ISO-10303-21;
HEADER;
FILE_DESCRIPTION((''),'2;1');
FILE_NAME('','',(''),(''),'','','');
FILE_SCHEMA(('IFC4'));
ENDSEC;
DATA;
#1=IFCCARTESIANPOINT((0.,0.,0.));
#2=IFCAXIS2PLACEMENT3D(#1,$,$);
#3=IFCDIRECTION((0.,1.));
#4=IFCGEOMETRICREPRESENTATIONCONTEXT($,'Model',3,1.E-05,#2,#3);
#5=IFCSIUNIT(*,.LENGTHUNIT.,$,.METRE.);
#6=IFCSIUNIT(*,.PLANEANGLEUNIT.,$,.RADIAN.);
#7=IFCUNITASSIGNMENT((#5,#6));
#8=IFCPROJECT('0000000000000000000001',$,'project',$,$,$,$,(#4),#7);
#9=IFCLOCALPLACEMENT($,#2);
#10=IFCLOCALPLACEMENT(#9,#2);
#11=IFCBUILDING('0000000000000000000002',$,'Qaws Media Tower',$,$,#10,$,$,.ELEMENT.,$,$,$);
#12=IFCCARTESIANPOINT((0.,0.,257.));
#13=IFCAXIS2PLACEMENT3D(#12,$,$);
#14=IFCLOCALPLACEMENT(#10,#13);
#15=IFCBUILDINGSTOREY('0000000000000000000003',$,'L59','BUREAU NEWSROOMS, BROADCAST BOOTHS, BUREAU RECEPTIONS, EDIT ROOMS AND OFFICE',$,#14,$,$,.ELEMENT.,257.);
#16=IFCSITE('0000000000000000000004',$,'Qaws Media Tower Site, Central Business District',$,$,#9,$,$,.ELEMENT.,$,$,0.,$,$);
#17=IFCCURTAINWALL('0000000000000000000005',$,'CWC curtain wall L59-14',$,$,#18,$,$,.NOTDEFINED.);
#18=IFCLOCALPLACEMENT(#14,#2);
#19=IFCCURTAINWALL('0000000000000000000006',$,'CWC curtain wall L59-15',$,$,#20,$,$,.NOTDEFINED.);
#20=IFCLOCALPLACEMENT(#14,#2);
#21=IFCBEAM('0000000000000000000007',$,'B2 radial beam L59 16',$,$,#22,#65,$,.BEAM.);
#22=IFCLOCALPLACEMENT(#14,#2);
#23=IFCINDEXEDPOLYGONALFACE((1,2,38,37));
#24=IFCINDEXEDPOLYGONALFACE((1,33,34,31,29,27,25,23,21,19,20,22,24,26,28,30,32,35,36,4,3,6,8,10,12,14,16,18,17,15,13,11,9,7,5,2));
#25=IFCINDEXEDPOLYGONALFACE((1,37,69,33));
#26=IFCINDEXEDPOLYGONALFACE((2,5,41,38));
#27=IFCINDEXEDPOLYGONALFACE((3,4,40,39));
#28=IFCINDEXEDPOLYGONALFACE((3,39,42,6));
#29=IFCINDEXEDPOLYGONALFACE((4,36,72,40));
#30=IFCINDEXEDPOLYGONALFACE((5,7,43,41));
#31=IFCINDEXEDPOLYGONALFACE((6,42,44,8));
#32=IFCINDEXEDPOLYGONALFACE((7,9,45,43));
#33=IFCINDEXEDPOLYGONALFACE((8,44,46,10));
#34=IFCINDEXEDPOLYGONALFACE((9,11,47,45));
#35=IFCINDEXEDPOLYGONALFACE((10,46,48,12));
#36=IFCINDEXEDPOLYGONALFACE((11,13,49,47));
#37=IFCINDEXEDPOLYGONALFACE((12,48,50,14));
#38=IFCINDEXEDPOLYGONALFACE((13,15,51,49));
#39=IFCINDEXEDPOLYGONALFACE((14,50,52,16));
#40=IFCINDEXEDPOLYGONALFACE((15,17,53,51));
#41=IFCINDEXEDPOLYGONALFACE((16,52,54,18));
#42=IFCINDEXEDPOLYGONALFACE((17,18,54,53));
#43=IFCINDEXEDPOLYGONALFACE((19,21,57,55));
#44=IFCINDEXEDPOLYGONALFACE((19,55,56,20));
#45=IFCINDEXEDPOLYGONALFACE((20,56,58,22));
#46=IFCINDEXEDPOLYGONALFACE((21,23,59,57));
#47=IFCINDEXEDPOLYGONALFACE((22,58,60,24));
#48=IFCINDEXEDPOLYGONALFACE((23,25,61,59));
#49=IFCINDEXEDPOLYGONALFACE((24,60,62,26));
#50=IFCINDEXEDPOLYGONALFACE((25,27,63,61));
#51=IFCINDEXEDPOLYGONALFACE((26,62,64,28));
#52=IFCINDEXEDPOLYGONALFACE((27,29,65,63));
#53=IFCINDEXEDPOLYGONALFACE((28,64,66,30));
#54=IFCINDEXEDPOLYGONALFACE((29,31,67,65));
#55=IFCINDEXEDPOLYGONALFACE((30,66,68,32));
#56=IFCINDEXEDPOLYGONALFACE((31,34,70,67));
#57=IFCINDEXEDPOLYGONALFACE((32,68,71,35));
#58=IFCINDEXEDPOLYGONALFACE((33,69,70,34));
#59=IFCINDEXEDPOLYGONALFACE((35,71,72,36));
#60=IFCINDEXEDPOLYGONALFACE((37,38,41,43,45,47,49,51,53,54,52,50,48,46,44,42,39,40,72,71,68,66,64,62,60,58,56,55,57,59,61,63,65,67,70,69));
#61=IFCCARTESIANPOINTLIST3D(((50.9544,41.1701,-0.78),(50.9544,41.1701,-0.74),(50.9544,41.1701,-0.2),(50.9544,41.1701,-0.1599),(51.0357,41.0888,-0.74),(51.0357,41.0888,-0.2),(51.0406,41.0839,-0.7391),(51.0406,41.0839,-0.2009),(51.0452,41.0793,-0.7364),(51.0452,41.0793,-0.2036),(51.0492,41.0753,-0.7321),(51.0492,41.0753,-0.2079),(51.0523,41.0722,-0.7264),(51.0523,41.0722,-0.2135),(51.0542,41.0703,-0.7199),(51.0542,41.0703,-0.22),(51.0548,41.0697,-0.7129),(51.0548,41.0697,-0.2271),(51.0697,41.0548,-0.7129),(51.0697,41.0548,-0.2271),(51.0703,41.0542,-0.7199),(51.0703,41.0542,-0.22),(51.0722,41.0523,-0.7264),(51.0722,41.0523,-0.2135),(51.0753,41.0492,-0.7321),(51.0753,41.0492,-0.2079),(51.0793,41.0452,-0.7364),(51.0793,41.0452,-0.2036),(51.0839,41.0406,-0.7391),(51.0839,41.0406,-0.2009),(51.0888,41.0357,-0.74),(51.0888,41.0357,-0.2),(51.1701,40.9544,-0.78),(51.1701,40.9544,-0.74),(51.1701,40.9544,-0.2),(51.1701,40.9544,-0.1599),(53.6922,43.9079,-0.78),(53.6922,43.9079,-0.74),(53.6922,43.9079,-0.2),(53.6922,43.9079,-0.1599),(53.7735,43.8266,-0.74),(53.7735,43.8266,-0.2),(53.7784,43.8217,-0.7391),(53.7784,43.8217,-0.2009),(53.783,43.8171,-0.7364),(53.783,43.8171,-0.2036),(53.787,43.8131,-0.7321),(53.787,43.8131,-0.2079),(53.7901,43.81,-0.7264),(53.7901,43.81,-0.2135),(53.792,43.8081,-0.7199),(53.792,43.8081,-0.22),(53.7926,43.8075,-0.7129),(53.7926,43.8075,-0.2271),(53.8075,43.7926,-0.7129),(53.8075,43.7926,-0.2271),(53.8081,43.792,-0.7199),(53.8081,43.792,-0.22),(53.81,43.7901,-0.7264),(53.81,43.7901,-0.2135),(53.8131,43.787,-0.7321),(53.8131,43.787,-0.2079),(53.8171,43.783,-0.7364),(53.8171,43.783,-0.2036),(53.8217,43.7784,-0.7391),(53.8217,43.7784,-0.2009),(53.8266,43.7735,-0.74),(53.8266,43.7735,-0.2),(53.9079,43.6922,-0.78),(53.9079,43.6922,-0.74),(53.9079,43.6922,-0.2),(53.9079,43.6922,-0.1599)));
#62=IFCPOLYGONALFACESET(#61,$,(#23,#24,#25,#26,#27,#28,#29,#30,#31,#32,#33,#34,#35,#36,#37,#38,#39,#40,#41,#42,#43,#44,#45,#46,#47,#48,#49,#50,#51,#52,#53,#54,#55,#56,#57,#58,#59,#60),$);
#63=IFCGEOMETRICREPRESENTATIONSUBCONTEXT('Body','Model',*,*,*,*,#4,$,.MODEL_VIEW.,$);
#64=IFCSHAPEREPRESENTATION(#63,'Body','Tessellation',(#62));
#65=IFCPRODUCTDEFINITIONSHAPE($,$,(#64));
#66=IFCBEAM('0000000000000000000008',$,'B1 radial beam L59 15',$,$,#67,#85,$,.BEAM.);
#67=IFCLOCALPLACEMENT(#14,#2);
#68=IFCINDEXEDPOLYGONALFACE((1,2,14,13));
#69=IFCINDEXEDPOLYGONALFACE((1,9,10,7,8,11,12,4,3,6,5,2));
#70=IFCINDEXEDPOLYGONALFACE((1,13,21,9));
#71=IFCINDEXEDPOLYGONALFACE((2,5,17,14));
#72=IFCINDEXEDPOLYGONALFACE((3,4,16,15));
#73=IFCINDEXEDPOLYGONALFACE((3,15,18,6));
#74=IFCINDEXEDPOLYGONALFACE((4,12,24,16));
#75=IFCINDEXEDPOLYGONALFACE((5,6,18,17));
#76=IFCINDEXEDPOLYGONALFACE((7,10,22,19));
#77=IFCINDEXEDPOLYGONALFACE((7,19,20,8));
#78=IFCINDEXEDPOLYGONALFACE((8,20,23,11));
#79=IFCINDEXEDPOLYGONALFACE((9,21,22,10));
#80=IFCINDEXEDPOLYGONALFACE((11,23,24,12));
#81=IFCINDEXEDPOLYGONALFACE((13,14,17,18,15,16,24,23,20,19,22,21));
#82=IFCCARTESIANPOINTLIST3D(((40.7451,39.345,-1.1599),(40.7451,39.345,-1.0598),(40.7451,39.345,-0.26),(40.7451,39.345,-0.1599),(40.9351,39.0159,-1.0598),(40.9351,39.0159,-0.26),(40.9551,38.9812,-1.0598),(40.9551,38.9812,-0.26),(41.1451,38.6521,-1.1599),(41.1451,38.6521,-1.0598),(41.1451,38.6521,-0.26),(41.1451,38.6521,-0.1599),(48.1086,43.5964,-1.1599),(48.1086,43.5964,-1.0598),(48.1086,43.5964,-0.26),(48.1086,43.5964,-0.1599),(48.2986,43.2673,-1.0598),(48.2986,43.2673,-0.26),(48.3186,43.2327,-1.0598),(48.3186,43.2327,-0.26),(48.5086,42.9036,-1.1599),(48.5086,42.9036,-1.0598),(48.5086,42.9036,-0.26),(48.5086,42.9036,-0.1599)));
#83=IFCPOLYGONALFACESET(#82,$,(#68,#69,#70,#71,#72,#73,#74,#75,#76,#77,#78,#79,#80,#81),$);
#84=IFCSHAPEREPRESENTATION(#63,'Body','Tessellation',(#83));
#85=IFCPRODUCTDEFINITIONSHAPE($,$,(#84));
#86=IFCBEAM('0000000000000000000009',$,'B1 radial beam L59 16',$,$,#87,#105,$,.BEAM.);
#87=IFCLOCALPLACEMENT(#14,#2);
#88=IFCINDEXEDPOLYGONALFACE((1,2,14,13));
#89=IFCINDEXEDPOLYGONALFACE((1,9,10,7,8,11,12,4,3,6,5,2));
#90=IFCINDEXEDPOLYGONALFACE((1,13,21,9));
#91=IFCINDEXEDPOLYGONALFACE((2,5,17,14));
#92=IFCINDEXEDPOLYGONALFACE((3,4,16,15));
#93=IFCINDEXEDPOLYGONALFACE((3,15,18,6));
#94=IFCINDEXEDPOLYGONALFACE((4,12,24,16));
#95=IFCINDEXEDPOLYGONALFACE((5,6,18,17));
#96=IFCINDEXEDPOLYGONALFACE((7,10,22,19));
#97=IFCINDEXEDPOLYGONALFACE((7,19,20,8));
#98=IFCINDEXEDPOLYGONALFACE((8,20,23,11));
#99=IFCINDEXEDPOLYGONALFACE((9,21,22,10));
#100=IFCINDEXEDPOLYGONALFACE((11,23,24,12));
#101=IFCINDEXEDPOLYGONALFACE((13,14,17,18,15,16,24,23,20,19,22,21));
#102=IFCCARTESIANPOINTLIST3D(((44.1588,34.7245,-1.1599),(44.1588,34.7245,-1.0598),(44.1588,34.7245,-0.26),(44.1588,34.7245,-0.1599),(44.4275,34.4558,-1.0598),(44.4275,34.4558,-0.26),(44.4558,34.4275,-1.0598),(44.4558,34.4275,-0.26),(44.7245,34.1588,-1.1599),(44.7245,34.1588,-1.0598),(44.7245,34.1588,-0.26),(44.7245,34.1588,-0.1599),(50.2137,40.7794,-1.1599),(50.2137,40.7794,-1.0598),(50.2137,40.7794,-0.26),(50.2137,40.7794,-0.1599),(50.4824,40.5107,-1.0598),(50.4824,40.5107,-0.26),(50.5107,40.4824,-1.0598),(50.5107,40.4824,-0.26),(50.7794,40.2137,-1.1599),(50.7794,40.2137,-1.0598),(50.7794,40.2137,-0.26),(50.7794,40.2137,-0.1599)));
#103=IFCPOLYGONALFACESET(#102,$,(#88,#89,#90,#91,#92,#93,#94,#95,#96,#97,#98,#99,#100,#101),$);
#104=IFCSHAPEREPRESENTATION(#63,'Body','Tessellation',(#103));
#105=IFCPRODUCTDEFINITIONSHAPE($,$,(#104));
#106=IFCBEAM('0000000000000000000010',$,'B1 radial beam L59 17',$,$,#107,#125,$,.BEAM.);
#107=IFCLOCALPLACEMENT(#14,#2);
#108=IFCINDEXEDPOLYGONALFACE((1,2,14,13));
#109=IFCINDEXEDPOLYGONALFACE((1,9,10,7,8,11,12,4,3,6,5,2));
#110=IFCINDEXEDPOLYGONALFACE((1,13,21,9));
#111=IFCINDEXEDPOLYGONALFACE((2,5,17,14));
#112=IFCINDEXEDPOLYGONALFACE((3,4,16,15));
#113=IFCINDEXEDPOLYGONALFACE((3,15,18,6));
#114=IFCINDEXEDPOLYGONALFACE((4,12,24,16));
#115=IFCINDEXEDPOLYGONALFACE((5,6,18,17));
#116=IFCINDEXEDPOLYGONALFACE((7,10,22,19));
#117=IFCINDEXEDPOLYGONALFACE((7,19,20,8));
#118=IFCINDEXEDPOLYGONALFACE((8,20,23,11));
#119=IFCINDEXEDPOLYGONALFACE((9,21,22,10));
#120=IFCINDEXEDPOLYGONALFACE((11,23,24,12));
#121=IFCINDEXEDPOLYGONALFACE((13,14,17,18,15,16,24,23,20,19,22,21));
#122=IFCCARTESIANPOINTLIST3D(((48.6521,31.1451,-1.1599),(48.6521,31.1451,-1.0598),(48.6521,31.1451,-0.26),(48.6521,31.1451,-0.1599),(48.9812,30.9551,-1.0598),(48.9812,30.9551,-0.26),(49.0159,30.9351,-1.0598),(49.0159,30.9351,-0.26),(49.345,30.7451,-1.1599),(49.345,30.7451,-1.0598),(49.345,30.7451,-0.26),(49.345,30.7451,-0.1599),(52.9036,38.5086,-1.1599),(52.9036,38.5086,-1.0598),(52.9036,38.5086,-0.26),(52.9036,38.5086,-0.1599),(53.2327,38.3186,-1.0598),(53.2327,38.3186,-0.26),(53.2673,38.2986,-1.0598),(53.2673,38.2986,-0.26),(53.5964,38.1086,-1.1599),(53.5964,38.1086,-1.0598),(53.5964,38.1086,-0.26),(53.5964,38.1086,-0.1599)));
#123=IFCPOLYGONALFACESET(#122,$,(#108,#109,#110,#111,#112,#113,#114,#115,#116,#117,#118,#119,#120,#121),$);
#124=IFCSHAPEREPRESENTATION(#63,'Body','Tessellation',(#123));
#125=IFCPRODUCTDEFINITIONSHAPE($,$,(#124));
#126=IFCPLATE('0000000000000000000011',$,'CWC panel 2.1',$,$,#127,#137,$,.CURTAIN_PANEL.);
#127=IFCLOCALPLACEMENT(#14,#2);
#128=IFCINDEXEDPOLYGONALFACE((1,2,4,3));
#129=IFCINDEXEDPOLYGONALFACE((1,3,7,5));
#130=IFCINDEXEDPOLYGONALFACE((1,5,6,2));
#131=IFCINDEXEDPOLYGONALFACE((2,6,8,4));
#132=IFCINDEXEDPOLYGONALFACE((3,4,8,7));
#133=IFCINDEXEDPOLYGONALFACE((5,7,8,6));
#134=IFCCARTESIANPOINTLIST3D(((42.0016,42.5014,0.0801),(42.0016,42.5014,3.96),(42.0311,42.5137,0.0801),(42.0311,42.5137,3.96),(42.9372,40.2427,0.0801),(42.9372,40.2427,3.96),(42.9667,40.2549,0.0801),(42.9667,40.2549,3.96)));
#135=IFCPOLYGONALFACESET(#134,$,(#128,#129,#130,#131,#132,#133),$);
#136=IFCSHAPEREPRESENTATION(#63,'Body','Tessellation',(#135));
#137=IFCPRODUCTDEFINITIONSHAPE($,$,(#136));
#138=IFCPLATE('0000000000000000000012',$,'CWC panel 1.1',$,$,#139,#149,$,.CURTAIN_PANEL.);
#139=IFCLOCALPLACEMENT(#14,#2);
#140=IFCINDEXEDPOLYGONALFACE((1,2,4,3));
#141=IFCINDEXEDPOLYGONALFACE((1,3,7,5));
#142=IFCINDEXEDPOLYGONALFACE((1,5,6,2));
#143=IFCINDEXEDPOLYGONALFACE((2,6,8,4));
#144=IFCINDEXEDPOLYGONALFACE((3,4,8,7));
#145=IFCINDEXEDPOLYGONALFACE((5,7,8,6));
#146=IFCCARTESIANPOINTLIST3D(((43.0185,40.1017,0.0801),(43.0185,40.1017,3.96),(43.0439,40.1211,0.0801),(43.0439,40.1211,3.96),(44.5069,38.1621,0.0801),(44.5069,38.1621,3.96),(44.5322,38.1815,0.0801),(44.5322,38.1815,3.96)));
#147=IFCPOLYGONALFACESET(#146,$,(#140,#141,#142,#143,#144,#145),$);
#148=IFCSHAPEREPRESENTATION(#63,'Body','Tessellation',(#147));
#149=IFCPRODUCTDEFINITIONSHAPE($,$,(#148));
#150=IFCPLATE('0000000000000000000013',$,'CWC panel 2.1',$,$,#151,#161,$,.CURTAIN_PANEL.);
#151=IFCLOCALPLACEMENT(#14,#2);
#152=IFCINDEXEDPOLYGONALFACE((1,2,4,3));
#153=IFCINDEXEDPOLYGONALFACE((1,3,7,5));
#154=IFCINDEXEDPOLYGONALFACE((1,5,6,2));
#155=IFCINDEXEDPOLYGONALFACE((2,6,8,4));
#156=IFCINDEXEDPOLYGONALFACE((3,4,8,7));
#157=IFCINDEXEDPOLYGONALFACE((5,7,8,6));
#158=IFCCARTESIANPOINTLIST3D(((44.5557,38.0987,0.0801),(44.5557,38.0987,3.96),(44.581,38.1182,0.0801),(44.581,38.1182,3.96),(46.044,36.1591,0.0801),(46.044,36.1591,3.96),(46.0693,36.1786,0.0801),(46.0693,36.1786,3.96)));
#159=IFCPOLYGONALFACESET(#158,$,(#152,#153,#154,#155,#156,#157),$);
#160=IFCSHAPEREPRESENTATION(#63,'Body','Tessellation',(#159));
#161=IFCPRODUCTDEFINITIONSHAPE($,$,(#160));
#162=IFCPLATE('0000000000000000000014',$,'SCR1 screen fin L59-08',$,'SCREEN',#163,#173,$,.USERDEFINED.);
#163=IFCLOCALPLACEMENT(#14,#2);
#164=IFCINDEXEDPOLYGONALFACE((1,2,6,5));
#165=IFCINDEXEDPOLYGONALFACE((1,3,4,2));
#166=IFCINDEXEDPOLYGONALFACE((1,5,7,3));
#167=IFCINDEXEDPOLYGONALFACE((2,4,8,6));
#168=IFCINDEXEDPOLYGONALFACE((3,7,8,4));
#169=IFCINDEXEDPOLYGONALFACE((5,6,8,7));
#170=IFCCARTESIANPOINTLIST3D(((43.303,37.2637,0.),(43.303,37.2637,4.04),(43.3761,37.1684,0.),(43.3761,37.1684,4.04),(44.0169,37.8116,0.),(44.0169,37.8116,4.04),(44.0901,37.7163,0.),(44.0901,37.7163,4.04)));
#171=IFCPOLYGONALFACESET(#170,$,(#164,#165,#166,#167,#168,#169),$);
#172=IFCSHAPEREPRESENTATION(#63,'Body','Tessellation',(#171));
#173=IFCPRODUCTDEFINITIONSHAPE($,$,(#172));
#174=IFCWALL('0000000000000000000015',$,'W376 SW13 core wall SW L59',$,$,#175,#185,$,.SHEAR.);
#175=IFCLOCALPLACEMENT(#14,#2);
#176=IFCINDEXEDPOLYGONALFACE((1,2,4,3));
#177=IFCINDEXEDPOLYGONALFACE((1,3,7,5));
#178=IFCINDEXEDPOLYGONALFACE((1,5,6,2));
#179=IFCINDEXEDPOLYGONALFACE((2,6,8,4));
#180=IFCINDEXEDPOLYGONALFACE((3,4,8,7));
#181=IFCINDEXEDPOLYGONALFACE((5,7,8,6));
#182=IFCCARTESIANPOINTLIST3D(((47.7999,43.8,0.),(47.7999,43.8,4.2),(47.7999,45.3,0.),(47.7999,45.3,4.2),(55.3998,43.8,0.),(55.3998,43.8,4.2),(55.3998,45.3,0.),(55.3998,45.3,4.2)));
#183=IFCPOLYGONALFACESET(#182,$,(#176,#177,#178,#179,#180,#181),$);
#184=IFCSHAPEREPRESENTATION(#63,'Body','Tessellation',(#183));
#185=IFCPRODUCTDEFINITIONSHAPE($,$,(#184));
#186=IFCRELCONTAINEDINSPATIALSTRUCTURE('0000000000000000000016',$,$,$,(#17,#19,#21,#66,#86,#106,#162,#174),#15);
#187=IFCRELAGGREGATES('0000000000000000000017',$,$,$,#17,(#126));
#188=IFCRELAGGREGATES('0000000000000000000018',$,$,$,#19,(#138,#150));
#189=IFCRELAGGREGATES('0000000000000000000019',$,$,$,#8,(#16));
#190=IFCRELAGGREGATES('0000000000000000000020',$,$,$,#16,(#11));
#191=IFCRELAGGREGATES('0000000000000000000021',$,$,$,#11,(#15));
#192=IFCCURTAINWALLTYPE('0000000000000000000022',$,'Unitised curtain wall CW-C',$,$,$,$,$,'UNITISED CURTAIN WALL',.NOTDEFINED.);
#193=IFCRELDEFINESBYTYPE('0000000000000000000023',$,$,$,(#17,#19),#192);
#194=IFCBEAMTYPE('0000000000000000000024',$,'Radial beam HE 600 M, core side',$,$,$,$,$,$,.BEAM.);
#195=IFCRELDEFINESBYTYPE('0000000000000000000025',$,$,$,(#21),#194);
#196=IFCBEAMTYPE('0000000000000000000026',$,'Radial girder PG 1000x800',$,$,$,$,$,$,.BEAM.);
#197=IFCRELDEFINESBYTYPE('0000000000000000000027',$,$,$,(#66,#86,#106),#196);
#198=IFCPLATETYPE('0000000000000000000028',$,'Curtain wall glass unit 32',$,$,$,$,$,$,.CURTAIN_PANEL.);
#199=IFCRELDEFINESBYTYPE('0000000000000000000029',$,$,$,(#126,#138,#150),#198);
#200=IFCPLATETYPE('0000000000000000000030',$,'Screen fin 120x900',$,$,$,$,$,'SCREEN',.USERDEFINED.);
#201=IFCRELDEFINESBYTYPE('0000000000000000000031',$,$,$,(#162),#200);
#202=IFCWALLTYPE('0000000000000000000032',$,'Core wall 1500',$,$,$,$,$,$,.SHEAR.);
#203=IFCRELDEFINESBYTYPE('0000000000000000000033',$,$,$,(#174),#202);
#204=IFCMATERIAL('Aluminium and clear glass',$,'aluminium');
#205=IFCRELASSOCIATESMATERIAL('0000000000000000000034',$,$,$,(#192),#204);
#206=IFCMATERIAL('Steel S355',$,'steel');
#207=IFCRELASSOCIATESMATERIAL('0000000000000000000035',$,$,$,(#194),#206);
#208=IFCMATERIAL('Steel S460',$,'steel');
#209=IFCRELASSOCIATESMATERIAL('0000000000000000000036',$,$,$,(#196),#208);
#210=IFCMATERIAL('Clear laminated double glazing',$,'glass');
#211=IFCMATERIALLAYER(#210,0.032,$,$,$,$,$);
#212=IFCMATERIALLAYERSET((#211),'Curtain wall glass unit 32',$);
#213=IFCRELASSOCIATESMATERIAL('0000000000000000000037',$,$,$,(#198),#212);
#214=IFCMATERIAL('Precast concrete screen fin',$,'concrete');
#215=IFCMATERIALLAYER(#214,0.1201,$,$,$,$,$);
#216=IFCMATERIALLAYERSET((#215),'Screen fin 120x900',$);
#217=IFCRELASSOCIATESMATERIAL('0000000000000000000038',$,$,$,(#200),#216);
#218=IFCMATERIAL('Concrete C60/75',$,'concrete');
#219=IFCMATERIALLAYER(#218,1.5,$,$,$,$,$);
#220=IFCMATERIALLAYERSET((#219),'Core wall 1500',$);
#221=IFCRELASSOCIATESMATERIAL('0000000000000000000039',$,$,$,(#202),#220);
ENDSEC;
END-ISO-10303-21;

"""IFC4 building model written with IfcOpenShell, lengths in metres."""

from ifc_helpers import new_model, si_unit, direction, frame, frame_2d, origin, origin_2d, place, context, subcontext, project, spatial, rectangle, i_section, extrude, material, layer, layer_set, material_profile, profile_set, type_object, element, aggregate, save


model = new_model("IFC4")

# Units and contexts
model_context = context("Model", 3, precision=1e-05, world=origin(), true_north=direction((0.0, 1.0)))
body_context = subcontext(model_context, "Body", "Model", "MODEL_VIEW")
ifc_project = project(units=[si_unit("LENGTHUNIT", "METRE"), si_unit("PLANEANGLEUNIT", "RADIAN")], contexts=[model_context])

# Site, building, storey
site_placement = place(None, origin())
site = spatial("IfcSite", under=ifc_project, at=site_placement, Name="Qaws Media Tower Site, Central Business District", CompositionType="ELEMENT", RefElevation=0.0)
building_placement = place(site_placement, origin())
building = spatial("IfcBuilding", under=site, at=building_placement, Name="Qaws Media Tower", CompositionType="ELEMENT")
storey_placement = place(building_placement, frame((0.0, 0.0, 257.0)))
storey = spatial("IfcBuildingStorey", under=building, at=storey_placement, Name="L59", Description="BUREAU NEWSROOMS, BROADCAST BOOTHS, BUREAU RECEPTIONS, EDIT ROOMS AND OFFICE", CompositionType="ELEMENT", Elevation=257.0)

# Curtain wall
ifc_material_1 = material(Name="Aluminium and clear glass", Category="aluminium")
curtain_wall_type = type_object("IfcCurtainWallType", Name="Unitised curtain wall CW-C", ElementType="UNITISED CURTAIN WALL", PredefinedType="NOTDEFINED", material=ifc_material_1)
curtain_wall_1_placement = place(storey_placement, origin())
curtain_wall_1 = element("IfcCurtainWall", 1, at=curtain_wall_1_placement, inside=storey, type_object=curtain_wall_type, Name="CWC curtain wall L59-14", PredefinedType="NOTDEFINED")

# Curtain wall
curtain_wall_2_placement = place(storey_placement, origin())
curtain_wall_2 = element("IfcCurtainWall", 2, at=curtain_wall_2_placement, inside=storey, type_object=curtain_wall_type, Name="CWC curtain wall L59-15", PredefinedType="NOTDEFINED")

# Beams
ifc_material_2 = material(Name="Steel S355", Category="steel")
ifc_material_profile_1 = material_profile(ifc_material_2, i_section(OverallWidth=0.3049, OverallDepth=0.6201, WebThickness=0.021, FlangeThickness=0.04, FilletRadius=0.0271, at=origin_2d()), Name="HE 600 M")
ifc_profile_set_1 = profile_set([ifc_material_profile_1], Name="Steel S355")
beam_type_1 = type_object("IfcBeamType", Name="Radial beam HE 600 M, core side", PredefinedType="BEAM", material=ifc_profile_set_1)
beam_1_placement = place(storey_placement, frame((53.8, 43.8, -0.47), z_axis=(-0.707107, -0.707107, 0.0), x_axis=(0.707107, -0.707107, 0.0)))
element("IfcBeam", 3, at=beam_1_placement, inside=storey, type_object=beam_type_1, Name="B2 radial beam L59 16", PredefinedType="BEAM", context=body_context, shape_type="SweptSolid", body=[
    extrude(i_section(OverallWidth=0.3049, OverallDepth=0.6201, WebThickness=0.021, FlangeThickness=0.04, FilletRadius=0.0271, at=origin_2d()), origin(), (0.0, 0.0, 1.0), 3.8718),
])
ifc_material_3 = material(Name="Steel S460", Category="steel")
ifc_material_profile_2 = material_profile(ifc_material_3, i_section(OverallWidth=0.8, OverallDepth=1.0, WebThickness=0.04, FlangeThickness=0.1001, at=origin_2d()), Name="PG 1000x800")
ifc_profile_set_2 = profile_set([ifc_material_profile_2], Name="Steel S460")
beam_type_2 = type_object("IfcBeamType", Name="Radial girder PG 1000x800", PredefinedType="BEAM", material=ifc_profile_set_2)
beam_2_placement = place(storey_placement, frame((48.3086, 43.25, -0.6599), z_axis=(-0.866019, -0.500012, 0.0), x_axis=(0.500012, -0.866019, 0.0)))
element("IfcBeam", 4, at=beam_2_placement, inside=storey, type_object=beam_type_2, Name="B1 radial beam L59 15", PredefinedType="BEAM", context=body_context, shape_type="SweptSolid", body=[
    extrude(i_section(OverallWidth=0.8, OverallDepth=1.0, WebThickness=0.04, FlangeThickness=0.1001, at=origin_2d()), origin(), (0.0, 0.0, 1.0), 8.5027),
])
beam_3_placement = place(storey_placement, frame((50.4966, 40.4966, -0.6599), z_axis=(-0.707107, -0.707107, 0.0), x_axis=(0.707107, -0.707107, 0.0)))
element("IfcBeam", 5, at=beam_3_placement, inside=storey, type_object=beam_type_2, Name="B1 radial beam L59 16", PredefinedType="BEAM", context=body_context, shape_type="SweptSolid", body=[
    extrude(i_section(OverallWidth=0.8, OverallDepth=1.0, WebThickness=0.04, FlangeThickness=0.1001, at=origin_2d()), origin(), (0.0, 0.0, 1.0), 8.563),
])
beam_4_placement = place(storey_placement, frame((53.25, 38.3086, -0.6599), z_axis=(-0.500012, -0.866019, 0.0), x_axis=(0.866019, -0.500012, 0.0)))
element("IfcBeam", 6, at=beam_4_placement, inside=storey, type_object=beam_type_2, Name="B1 radial beam L59 17", PredefinedType="BEAM", context=body_context, shape_type="SweptSolid", body=[
    extrude(i_section(OverallWidth=0.8, OverallDepth=1.0, WebThickness=0.04, FlangeThickness=0.1001, at=origin_2d()), origin(), (0.0, 0.0, 1.0), 8.5027),
])

# Plates
ifc_material_4 = material(Name="Clear laminated double glazing", Category="glass")
ifc_layer_1 = layer(ifc_material_4, 0.032)
ifc_layer_set_1 = layer_set([ifc_layer_1], Name="Curtain wall glass unit 32")
plate_type_1 = type_object("IfcPlateType", Name="Curtain wall glass unit 32", PredefinedType="CURTAIN_PANEL", material=ifc_layer_set_1)
plate_1_placement = place(storey_placement, frame((42.4841, 41.3782, 0.0801), z_axis=(0.0, 0.0, 1.0), x_axis=(0.382683, -0.92388, 0.0)))
plate_1 = element("IfcPlate", 7, at=plate_1_placement, type_object=plate_type_1, Name="CWC panel 2.1", PredefinedType="CURTAIN_PANEL", context=body_context, shape_type="SweptSolid", body=[
    extrude(rectangle(XDim=2.4448, YDim=0.032, at=origin_2d()), origin(), (0.0, 0.0, 1.0), 3.8799),
])
aggregate(curtain_wall_1, [plate_1])
plate_2_placement = place(storey_placement, frame((43.7754, 39.1416, 0.0801), z_axis=(0.0, 0.0, 1.0), x_axis=(0.608761, -0.793353, 0.0)))
plate_2 = element("IfcPlate", 8, at=plate_2_placement, type_object=plate_type_1, Name="CWC panel 1.1", PredefinedType="CURTAIN_PANEL", context=body_context, shape_type="SweptSolid", body=[
    extrude(rectangle(XDim=2.4448, YDim=0.032, at=origin_2d()), origin(), (0.0, 0.0, 1.0), 3.8799),
])
plate_3_placement = place(storey_placement, frame((45.3125, 37.1387, 0.0801), z_axis=(0.0, 0.0, 1.0), x_axis=(0.608761, -0.793353, 0.0)))
plate_3 = element("IfcPlate", 9, at=plate_3_placement, type_object=plate_type_1, Name="CWC panel 2.1", PredefinedType="CURTAIN_PANEL", context=body_context, shape_type="SweptSolid", body=[
    extrude(rectangle(XDim=2.4448, YDim=0.032, at=origin_2d()), origin(), (0.0, 0.0, 1.0), 3.8799),
])
aggregate(curtain_wall_2, [plate_2, plate_3])
ifc_material_5 = material(Name="Precast concrete screen fin", Category="concrete")
ifc_layer_2 = layer(ifc_material_5, 0.1201)
ifc_layer_set_2 = layer_set([ifc_layer_2], Name="Screen fin 120x900")
plate_type_2 = type_object("IfcPlateType", Name="Screen fin 120x900", ElementType="SCREEN", PredefinedType="USERDEFINED", material=ifc_layer_set_2)
plate_4_placement = place(storey_placement, frame((43.6965, 37.49, 0.0), z_axis=(0.0, 0.0, 1.0), x_axis=(-0.793353, -0.608761, 0.0)))
element("IfcPlate", 10, at=plate_4_placement, inside=storey, type_object=plate_type_2, Name="SCR1 screen fin L59-08", ObjectType="SCREEN", PredefinedType="USERDEFINED", context=body_context, shape_type="SweptSolid", body=[
    extrude(rectangle(XDim=0.8999, YDim=0.1201, at=origin_2d()), origin(), (0.0, 0.0, 1.0), 4.04),
])

# Wall
ifc_material_6 = material(Name="Concrete C60/75", Category="concrete")
ifc_layer_3 = layer(ifc_material_6, 1.5)
ifc_layer_set_3 = layer_set([ifc_layer_3], Name="Core wall 1500")
wall_type_1 = type_object("IfcWallType", Name="Core wall 1500", PredefinedType="SHEAR", material=ifc_layer_set_3)
wall_1_placement = place(storey_placement, frame((47.8, 44.55, 0.0), z_axis=(0.0, 0.0, 1.0), x_axis=(1.0, 0.0, 0.0)))
element("IfcWall", 11, at=wall_1_placement, inside=storey, type_object=wall_type_1, Name="W376 SW13 core wall SW L59", PredefinedType="SHEAR", context=body_context, shape_type="SweptSolid", body=[
    extrude(rectangle(XDim=7.5999, YDim=1.5, at=frame_2d((3.7998, 0.0))), origin(), (0.0, 0.0, 1.0), 4.2),
])

save(model, "model.ifc")
